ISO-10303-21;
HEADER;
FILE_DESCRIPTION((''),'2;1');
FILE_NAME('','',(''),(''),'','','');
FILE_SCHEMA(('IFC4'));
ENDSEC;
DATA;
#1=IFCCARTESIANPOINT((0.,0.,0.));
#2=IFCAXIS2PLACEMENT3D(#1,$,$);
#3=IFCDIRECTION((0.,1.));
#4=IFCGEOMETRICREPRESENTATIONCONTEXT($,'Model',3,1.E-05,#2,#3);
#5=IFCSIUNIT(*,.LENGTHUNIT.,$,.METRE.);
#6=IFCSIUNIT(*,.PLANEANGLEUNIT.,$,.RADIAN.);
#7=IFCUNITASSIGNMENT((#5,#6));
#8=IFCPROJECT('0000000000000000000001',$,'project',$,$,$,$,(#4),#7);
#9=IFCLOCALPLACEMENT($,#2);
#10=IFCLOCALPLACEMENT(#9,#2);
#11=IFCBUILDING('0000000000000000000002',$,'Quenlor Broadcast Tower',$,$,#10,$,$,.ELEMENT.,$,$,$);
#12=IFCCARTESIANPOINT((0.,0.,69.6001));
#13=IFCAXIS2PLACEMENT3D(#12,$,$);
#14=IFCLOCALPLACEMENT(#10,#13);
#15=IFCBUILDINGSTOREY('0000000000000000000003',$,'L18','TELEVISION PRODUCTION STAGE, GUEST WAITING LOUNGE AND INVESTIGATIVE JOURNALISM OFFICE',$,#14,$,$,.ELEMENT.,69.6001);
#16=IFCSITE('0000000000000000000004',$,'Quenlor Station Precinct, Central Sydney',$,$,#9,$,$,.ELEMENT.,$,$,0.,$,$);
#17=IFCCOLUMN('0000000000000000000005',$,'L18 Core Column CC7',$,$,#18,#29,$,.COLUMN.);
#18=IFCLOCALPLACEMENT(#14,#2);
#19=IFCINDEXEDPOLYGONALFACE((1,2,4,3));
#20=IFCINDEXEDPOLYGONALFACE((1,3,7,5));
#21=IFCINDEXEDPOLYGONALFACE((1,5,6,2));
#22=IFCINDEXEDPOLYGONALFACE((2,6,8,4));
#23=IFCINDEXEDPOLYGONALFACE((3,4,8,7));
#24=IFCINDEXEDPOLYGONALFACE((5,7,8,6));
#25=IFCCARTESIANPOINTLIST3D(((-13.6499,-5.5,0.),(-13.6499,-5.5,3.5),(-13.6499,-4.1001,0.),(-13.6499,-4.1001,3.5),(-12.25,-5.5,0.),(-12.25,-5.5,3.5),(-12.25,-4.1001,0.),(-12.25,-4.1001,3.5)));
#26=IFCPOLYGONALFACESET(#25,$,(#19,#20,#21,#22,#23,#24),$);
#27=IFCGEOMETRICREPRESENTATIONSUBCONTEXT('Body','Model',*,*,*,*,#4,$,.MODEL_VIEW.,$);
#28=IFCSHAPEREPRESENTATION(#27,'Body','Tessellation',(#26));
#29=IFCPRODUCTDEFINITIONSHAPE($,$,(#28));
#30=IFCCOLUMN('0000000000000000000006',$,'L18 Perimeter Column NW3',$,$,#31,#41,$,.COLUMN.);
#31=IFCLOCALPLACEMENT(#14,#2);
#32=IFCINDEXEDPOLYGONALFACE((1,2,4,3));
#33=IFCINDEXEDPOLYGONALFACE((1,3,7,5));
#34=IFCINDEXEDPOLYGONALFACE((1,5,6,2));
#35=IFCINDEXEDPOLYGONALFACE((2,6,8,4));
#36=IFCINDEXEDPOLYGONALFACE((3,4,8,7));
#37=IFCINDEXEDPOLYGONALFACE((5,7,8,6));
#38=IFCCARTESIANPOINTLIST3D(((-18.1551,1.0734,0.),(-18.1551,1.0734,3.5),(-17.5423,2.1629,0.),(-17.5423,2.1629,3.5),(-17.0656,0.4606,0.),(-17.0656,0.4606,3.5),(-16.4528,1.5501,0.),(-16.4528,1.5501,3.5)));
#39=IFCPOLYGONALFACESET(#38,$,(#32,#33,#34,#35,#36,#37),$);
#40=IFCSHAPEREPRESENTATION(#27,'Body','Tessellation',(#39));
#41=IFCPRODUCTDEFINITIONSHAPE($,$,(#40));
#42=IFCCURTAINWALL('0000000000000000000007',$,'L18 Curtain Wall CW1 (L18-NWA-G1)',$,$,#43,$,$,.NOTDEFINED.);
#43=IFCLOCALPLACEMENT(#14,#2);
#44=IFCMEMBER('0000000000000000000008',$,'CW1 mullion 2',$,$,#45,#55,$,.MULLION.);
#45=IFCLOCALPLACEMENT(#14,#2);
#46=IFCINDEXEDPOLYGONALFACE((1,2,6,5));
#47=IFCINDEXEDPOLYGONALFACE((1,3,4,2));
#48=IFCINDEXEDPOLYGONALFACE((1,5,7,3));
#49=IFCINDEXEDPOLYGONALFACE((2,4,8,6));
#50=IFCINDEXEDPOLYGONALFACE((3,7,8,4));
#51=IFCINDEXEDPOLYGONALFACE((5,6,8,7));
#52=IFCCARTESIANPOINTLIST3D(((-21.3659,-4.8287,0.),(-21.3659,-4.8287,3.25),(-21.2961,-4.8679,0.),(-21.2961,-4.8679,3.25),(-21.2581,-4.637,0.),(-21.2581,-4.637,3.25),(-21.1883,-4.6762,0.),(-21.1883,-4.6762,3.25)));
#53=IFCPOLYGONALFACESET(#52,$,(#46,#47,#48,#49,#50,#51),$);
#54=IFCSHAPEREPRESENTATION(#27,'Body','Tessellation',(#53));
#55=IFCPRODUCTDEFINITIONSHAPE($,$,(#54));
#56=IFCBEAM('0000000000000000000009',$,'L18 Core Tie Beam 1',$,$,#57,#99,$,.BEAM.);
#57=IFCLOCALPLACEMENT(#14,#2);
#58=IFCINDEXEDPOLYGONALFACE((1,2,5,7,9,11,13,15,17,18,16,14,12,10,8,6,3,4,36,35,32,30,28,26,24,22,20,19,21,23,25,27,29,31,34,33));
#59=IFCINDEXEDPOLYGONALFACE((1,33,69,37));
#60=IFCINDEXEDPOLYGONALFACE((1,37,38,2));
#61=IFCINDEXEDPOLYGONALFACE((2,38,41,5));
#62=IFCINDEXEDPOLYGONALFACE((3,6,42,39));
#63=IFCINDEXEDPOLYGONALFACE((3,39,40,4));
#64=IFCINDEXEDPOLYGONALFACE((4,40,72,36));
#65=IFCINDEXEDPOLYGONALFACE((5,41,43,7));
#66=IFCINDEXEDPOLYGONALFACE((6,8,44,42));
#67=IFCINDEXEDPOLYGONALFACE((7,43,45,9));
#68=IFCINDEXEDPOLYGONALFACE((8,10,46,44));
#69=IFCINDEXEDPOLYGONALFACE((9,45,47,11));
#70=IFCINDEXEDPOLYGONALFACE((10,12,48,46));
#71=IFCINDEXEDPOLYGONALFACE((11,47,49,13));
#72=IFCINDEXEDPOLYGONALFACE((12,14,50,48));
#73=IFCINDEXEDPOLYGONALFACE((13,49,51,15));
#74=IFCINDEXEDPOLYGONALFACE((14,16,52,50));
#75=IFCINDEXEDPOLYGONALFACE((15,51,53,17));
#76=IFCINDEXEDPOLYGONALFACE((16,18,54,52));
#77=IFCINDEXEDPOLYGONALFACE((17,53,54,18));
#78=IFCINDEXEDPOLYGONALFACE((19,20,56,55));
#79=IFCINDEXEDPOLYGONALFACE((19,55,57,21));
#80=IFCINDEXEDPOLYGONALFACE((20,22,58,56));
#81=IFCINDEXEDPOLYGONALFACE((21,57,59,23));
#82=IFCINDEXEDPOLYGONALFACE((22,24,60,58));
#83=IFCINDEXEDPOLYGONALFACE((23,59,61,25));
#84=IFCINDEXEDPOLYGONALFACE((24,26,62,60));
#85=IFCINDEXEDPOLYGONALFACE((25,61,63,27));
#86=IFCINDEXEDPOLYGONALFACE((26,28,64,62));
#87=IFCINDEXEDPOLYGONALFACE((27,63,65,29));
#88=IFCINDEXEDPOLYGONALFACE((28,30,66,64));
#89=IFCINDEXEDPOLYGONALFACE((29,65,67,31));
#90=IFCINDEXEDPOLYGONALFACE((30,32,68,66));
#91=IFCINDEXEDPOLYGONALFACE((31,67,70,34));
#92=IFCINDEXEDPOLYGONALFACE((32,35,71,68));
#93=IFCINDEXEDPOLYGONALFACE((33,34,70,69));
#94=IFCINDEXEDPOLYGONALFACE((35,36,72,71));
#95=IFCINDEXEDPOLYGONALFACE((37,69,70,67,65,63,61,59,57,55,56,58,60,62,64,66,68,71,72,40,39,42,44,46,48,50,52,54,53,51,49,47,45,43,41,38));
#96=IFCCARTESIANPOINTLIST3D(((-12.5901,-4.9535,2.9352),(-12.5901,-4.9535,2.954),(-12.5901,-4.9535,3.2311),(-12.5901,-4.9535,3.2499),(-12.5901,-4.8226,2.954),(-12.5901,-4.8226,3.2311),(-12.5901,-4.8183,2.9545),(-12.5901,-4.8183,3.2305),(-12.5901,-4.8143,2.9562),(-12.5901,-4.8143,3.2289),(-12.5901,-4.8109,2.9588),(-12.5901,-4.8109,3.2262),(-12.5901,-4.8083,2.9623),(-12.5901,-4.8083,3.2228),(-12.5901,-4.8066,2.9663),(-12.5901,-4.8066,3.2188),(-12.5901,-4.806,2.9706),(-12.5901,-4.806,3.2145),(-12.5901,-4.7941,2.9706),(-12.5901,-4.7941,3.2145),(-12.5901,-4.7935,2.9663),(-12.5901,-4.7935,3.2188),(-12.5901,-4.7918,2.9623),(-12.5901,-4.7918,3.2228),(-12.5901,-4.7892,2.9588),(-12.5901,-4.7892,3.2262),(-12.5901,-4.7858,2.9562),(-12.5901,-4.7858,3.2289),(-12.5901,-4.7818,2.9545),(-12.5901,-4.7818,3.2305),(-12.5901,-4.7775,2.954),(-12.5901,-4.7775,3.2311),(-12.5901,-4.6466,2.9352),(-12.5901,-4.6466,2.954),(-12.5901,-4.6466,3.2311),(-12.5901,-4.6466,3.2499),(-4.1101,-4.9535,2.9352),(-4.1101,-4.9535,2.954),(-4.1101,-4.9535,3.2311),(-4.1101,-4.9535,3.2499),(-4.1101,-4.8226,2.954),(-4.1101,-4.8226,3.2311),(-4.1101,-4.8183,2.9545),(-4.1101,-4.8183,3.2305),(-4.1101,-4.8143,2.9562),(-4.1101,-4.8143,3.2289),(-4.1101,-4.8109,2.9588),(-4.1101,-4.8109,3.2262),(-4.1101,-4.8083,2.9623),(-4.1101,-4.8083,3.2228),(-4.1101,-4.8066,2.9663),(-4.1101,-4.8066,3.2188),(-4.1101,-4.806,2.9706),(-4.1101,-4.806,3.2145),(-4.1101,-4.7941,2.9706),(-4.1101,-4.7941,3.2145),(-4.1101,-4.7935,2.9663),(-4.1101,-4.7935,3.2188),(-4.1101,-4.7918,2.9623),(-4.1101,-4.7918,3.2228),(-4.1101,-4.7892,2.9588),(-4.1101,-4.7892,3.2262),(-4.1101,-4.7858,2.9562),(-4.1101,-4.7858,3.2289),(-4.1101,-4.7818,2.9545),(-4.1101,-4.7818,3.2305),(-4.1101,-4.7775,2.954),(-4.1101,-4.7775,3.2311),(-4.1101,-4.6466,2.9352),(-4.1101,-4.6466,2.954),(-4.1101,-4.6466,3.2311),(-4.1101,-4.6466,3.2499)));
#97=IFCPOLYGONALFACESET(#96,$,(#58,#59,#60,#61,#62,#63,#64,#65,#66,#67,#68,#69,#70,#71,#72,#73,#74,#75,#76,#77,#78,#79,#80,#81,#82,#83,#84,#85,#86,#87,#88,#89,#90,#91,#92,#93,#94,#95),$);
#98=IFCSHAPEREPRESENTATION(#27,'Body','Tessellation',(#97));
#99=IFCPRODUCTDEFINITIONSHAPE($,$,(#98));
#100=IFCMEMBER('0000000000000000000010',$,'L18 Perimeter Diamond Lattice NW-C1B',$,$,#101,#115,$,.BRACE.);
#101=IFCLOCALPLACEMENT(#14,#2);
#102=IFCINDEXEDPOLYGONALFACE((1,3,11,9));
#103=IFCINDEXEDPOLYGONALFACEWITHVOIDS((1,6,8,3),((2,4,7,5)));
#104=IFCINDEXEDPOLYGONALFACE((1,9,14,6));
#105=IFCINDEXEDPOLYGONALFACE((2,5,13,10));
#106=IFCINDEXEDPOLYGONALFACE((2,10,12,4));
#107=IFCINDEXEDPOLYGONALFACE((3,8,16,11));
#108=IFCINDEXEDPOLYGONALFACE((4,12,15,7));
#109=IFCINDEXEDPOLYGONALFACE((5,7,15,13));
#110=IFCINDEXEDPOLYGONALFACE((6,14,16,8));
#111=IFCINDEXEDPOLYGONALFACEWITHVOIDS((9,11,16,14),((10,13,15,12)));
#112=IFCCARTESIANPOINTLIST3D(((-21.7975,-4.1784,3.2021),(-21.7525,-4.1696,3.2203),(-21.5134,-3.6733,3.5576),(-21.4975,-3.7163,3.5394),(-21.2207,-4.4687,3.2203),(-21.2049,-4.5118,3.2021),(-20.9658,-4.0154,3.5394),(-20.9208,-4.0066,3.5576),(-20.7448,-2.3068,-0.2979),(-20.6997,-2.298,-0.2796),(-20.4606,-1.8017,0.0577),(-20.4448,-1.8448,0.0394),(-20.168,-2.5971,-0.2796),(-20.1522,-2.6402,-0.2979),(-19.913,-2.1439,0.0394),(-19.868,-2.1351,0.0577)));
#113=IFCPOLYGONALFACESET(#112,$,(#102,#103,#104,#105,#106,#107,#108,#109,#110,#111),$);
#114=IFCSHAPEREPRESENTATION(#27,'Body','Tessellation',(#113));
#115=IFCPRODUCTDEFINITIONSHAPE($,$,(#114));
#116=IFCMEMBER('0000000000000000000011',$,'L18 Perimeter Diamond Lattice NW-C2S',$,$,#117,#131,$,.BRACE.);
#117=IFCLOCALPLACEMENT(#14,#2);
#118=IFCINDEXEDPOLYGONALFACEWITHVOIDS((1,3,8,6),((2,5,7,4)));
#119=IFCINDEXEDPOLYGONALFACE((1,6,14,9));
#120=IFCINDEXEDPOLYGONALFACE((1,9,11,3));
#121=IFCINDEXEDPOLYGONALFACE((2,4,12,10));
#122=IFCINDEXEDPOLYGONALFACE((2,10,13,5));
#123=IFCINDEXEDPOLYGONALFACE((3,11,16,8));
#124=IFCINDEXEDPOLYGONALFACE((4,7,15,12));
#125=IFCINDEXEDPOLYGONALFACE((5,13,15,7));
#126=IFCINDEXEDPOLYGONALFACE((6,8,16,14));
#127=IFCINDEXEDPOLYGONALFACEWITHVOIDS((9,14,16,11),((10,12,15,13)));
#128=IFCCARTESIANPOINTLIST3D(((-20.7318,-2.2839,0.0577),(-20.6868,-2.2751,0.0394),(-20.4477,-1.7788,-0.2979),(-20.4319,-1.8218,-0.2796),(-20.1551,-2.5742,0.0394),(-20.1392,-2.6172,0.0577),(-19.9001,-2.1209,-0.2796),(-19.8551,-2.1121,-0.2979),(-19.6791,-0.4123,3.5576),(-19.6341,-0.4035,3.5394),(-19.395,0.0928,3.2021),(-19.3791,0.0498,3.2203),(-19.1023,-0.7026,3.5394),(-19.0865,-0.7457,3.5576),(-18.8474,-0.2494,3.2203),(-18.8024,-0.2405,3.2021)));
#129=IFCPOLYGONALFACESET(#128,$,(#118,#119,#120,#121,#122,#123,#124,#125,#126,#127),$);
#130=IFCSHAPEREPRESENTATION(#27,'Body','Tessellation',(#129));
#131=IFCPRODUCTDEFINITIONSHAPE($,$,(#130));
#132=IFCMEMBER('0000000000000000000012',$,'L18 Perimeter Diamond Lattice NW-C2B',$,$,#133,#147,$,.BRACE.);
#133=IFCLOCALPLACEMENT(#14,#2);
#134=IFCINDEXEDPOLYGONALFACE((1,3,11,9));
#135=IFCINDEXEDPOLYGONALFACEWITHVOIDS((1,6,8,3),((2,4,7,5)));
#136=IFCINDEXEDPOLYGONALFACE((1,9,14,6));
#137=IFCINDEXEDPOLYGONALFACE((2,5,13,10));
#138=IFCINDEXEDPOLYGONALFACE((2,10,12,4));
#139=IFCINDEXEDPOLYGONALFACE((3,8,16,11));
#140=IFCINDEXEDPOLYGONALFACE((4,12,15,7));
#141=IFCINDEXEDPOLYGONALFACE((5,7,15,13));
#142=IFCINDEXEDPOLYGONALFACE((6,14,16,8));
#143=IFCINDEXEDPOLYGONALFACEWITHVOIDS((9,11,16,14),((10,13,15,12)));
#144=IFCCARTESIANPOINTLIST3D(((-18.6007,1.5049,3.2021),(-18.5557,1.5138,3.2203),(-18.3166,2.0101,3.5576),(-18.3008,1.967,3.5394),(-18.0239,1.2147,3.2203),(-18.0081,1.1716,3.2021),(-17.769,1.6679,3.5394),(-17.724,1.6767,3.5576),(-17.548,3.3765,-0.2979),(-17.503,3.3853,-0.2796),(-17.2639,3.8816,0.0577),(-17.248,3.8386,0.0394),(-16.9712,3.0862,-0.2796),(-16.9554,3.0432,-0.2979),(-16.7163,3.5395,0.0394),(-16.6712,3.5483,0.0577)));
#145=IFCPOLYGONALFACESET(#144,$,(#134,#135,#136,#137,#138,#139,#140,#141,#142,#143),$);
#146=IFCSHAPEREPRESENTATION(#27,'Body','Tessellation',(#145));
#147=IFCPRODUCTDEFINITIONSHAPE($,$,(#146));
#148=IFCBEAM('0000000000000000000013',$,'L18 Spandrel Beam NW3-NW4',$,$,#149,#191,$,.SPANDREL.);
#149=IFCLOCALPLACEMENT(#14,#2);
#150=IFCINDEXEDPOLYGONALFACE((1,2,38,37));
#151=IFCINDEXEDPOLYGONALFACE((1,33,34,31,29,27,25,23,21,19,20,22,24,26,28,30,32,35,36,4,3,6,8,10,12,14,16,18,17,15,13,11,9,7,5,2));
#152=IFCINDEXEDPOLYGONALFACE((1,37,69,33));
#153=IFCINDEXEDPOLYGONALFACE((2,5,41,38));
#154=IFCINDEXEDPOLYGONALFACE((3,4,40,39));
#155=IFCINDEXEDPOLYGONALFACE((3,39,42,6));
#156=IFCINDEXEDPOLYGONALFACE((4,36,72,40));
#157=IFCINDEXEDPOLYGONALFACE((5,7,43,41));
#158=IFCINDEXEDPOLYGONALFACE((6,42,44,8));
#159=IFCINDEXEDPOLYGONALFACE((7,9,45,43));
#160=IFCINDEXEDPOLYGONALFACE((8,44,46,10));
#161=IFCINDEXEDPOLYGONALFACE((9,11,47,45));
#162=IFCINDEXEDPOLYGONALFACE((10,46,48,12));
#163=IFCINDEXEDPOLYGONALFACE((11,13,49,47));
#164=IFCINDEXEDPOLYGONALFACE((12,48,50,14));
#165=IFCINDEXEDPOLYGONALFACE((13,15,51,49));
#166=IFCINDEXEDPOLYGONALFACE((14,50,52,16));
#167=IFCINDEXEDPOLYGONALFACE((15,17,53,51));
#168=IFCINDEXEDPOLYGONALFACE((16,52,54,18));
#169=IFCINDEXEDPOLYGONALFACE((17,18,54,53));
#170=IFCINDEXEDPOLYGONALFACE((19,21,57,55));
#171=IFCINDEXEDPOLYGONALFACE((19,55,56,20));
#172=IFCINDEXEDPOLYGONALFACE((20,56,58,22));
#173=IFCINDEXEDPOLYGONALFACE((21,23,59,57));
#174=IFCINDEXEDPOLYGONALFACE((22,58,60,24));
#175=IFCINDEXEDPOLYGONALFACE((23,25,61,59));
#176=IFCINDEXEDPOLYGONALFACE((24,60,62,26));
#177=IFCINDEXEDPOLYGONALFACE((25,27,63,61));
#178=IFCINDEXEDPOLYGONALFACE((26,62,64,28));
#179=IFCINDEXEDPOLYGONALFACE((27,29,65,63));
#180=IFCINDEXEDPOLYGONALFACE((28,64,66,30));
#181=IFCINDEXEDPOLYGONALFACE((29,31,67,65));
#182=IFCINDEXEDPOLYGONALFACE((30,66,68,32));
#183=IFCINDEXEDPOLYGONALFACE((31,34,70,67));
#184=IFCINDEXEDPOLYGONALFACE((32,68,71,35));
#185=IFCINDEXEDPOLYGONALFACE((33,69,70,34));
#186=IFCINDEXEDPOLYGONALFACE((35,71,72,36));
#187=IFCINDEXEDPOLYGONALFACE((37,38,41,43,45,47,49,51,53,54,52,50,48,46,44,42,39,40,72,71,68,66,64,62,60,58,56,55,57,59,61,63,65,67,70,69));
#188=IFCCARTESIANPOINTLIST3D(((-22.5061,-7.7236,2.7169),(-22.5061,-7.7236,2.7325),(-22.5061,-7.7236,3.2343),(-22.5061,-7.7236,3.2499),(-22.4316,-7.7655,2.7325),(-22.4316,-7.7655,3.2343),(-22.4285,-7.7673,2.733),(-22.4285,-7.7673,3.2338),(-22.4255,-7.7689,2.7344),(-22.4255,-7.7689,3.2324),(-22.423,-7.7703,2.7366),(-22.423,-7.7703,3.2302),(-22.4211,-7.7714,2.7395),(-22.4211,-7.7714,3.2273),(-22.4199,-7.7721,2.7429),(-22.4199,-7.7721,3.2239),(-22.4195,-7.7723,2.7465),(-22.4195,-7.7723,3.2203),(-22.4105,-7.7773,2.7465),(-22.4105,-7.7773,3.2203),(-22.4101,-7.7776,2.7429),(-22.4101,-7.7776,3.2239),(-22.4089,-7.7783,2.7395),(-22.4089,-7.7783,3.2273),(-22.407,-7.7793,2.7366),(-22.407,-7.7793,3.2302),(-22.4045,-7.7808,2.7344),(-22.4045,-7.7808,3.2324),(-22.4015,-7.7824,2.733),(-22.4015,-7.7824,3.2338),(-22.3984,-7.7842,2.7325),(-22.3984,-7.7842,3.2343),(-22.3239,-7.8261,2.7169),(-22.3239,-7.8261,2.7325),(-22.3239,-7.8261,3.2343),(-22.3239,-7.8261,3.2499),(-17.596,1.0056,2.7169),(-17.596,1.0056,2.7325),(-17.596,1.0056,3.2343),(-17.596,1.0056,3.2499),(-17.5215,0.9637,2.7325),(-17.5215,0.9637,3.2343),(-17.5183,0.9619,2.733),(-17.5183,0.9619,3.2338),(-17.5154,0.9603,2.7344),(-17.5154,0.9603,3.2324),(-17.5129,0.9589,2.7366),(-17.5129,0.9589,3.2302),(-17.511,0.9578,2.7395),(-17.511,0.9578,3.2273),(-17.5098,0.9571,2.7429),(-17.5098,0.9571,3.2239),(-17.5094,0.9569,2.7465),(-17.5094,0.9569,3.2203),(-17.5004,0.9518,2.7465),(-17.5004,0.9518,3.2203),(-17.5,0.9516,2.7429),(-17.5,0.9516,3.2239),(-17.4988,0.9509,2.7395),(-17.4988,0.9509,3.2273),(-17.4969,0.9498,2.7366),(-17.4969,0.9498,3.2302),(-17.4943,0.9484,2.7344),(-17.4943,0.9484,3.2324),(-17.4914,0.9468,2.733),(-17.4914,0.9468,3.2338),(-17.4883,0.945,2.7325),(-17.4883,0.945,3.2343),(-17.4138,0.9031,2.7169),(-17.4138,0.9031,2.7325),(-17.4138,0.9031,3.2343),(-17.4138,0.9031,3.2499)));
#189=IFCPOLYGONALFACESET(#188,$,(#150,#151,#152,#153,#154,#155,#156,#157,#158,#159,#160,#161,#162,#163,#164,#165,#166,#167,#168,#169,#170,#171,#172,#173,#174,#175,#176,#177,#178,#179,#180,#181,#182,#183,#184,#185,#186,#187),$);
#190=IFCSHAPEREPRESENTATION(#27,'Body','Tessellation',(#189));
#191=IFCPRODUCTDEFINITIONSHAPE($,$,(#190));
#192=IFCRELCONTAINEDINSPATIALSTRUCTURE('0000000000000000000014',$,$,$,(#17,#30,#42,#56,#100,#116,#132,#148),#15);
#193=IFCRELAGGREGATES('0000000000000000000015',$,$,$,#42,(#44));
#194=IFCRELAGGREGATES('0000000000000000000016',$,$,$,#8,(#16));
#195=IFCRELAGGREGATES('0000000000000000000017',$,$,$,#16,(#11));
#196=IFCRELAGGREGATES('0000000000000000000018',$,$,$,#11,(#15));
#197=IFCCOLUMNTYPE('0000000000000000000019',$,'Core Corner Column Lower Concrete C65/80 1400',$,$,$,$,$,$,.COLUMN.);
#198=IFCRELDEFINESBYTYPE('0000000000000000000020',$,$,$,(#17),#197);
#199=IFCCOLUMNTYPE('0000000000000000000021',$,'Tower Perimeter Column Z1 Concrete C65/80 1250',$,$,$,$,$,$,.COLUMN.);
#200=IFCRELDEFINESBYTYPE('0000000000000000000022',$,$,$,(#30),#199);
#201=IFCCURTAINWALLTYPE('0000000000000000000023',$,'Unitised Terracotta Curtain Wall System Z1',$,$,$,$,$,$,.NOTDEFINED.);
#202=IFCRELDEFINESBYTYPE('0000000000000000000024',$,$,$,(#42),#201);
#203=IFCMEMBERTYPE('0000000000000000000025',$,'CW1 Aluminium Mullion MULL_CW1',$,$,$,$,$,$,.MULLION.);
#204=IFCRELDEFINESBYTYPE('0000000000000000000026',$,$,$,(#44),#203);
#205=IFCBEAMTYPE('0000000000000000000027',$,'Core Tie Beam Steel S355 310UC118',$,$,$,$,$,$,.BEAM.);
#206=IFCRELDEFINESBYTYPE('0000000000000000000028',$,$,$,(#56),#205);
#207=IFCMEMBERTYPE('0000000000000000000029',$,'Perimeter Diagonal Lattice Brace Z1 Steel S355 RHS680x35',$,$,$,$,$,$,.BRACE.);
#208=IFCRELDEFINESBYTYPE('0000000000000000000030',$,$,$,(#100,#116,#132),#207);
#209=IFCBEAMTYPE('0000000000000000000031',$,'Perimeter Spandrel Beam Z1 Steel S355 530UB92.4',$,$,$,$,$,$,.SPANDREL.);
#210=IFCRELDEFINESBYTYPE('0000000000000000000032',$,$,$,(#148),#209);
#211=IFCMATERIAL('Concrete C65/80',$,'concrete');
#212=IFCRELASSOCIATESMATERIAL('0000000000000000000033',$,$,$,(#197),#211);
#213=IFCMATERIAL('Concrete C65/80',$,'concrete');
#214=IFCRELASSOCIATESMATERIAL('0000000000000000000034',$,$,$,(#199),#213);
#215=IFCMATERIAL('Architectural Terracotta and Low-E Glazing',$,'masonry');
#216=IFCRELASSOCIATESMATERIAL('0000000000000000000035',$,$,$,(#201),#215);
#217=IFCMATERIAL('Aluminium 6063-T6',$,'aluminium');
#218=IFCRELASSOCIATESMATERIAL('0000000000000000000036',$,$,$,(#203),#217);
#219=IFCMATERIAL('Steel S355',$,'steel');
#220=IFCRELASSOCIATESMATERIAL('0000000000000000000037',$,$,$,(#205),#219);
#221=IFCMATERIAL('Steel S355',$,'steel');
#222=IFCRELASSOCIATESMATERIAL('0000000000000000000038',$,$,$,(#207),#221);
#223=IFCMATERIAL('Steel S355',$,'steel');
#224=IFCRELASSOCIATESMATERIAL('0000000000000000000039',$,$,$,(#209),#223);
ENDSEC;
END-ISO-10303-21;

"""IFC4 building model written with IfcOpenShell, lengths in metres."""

from ifc_helpers import new_model, si_unit, direction, frame, origin, origin_2d, place, context, subcontext, project, spatial, rectangle, hollow_rectangle, i_section, extrude, material, material_profile, profile_set, type_object, element, aggregate, save


model = new_model("IFC4")

# Units and contexts
model_context = context("Model", 3, precision=1e-05, world=origin(), true_north=direction((0.0, 1.0)))
body_context = subcontext(model_context, "Body", "Model", "MODEL_VIEW")
ifc_project = project(units=[si_unit("LENGTHUNIT", "METRE"), si_unit("PLANEANGLEUNIT", "RADIAN")], contexts=[model_context])

# Site, building, storey
site_placement = place(None, origin())
site = spatial("IfcSite", under=ifc_project, at=site_placement, Name="Quenlor Station Precinct, Central Sydney", CompositionType="ELEMENT", RefElevation=0.0)
building_placement = place(site_placement, origin())
building = spatial("IfcBuilding", under=site, at=building_placement, Name="Quenlor Broadcast Tower", CompositionType="ELEMENT")
storey_placement = place(building_placement, frame((0.0, 0.0, 69.6001)))
storey = spatial("IfcBuildingStorey", under=building, at=storey_placement, Name="L18", Description="TELEVISION PRODUCTION STAGE, GUEST WAITING LOUNGE AND INVESTIGATIVE JOURNALISM OFFICE", CompositionType="ELEMENT", Elevation=69.6001)

# Columns
ifc_material_1 = material(Name="Concrete C65/80", Category="concrete")
ifc_material_profile_1 = material_profile(ifc_material_1, rectangle(XDim=1.3999, YDim=1.3999, at=origin_2d()))
ifc_profile_set_1 = profile_set([ifc_material_profile_1], Name="Concrete C65/80 RC1400x1400")
column_type_1 = type_object("IfcColumnType", Name="Core Corner Column Lower Concrete C65/80 1400", PredefinedType="COLUMN", material=ifc_profile_set_1)
column_1_placement = place(storey_placement, frame((-12.95, -4.8, 0.0), z_axis=(0.0, 0.0, 1.0), x_axis=(1.0, 0.0, 0.0)))
element("IfcColumn", 1, at=column_1_placement, inside=storey, type_object=column_type_1, Name="L18 Core Column CC7", PredefinedType="COLUMN", context=body_context, shape_type="SweptSolid", body=[
    extrude(rectangle(XDim=1.3999, YDim=1.3999, at=origin_2d()), origin(), (0.0, 0.0, 1.0), 3.5),
])
ifc_material_2 = material(Name="Concrete C65/80", Category="concrete")
ifc_material_profile_2 = material_profile(ifc_material_2, rectangle(XDim=1.25, YDim=1.25, at=origin_2d()))
ifc_profile_set_2 = profile_set([ifc_material_profile_2], Name="Concrete C65/80 RC1250x1250")
column_type_2 = type_object("IfcColumnType", Name="Tower Perimeter Column Z1 Concrete C65/80 1250", PredefinedType="COLUMN", material=ifc_profile_set_2)
column_2_placement = place(storey_placement, frame((-17.304, 1.3118, 0.0), z_axis=(0.0, 0.0, 1.0), x_axis=(-0.871575, 0.490262, 0.0)))
element("IfcColumn", 2, at=column_2_placement, inside=storey, type_object=column_type_2, Name="L18 Perimeter Column NW3", PredefinedType="COLUMN", context=body_context, shape_type="SweptSolid", body=[
    extrude(rectangle(XDim=1.25, YDim=1.25, at=origin_2d()), origin(), (0.0, 0.0, 1.0), 3.5),
])

# Curtain wall, member
ifc_material_3 = material(Name="Architectural Terracotta and Low-E Glazing", Category="masonry")
curtain_wall_type = type_object("IfcCurtainWallType", Name="Unitised Terracotta Curtain Wall System Z1", PredefinedType="NOTDEFINED", material=ifc_material_3)
curtain_wall_placement = place(storey_placement, origin())
curtain_wall = element("IfcCurtainWall", 3, at=curtain_wall_placement, inside=storey, type_object=curtain_wall_type, Name="L18 Curtain Wall CW1 (L18-NWA-G1)", PredefinedType="NOTDEFINED")
ifc_material_4 = material(Name="Aluminium 6063-T6", Category="aluminium")
ifc_material_profile_3 = material_profile(ifc_material_4, rectangle(XDim=0.0801, YDim=0.22, at=origin_2d()))
ifc_profile_set_3 = profile_set([ifc_material_profile_3], Name="Aluminium 6063-T6 MULL80x220")
member_type_1 = type_object("IfcMemberType", Name="CW1 Aluminium Mullion MULL_CW1", PredefinedType="MULLION", material=ifc_profile_set_3)
member_placement = place(storey_placement, frame((-21.2771, -4.7524, 0.0), z_axis=(0.0, 0.0, 1.0), x_axis=(-0.871567, 0.490277, 0.0)))
member = element("IfcMember", 4, at=member_placement, type_object=member_type_1, Name="CW1 mullion 2", PredefinedType="MULLION", context=body_context, shape_type="SweptSolid", body=[
    extrude(rectangle(XDim=0.0801, YDim=0.22, at=origin_2d()), origin(), (0.0, 0.0, 1.0), 3.25),
])
aggregate(curtain_wall, [member])

# Beam
ifc_material_5 = material(Name="Steel S355", Category="steel")
ifc_material_profile_4 = material_profile(ifc_material_5, i_section(OverallWidth=0.3069, OverallDepth=0.3147, WebThickness=0.012, FlangeThickness=0.0188, FilletRadius=0.0166, at=origin_2d()))
ifc_profile_set_4 = profile_set([ifc_material_profile_4], Name="Steel S355 310UC118")
beam_type_1 = type_object("IfcBeamType", Name="Core Tie Beam Steel S355 310UC118", PredefinedType="BEAM", material=ifc_profile_set_4)
beam_1_placement = place(storey_placement, frame((-12.5901, -4.8, 3.0925), z_axis=(1.0, 0.0, 0.0), x_axis=(0.0, 1.0, 0.0)))
element("IfcBeam", 5, at=beam_1_placement, inside=storey, type_object=beam_type_1, Name="L18 Core Tie Beam 1", PredefinedType="BEAM", context=body_context, shape_type="SweptSolid", body=[
    extrude(i_section(OverallWidth=0.3069, OverallDepth=0.3147, WebThickness=0.012, FlangeThickness=0.0188, FilletRadius=0.0166, at=origin_2d()), origin(), (0.0, 0.0, 1.0), 8.48),
])

# Members
ifc_material_6 = material(Name="Steel S355", Category="steel")
ifc_material_profile_5 = material_profile(ifc_material_6, hollow_rectangle(XDim=0.6799, YDim=0.6799, WallThickness=0.0349, at=origin_2d()))
ifc_profile_set_5 = profile_set([ifc_material_profile_5], Name="Steel S355 RHS680x680x35")
member_type_2 = type_object("IfcMemberType", Name="Perimeter Diagonal Lattice Brace Z1 Steel S355 RHS680x35", PredefinedType="BRACE", material=ifc_profile_set_5)
for number, where, z_axis, x_axis, name in (
    (6, (-20.3064, -2.2209, -0.1201), (-0.256375, -0.455792, 0.852365), (0.871582, -0.49025, 0.0), "L18 Perimeter Diamond Lattice NW-C1B"),
    (7, (-20.2935, -2.198, -0.1201), (0.256375, 0.455792, 0.852365), (-0.871582, 0.49025, 0.0), "L18 Perimeter Diamond Lattice NW-C2S"),
    (8, (-17.1096, 3.4624, -0.1201), (-0.256375, -0.455792, 0.852365), (0.871582, -0.49025, 0.0), "L18 Perimeter Diamond Lattice NW-C2B"),
):
    element("IfcMember", number, at=place(storey_placement, frame(where, z_axis=z_axis, x_axis=x_axis)), inside=storey, type_object=member_type_2, Name=name, PredefinedType="BRACE", context=body_context, shape_type="SweptSolid", body=[
        extrude(hollow_rectangle(XDim=0.6799, YDim=0.6799, WallThickness=0.0349, at=origin_2d()), origin(), (0.0, 0.0, 1.0), 4.1062),
    ])

# Beam
ifc_material_7 = material(Name="Steel S355", Category="steel")
ifc_material_profile_6 = material_profile(ifc_material_7, i_section(OverallWidth=0.209, OverallDepth=0.533, WebThickness=0.0103, FlangeThickness=0.0156, FilletRadius=0.0139, at=origin_2d()))
ifc_profile_set_6 = profile_set([ifc_material_profile_6], Name="Steel S355 530UB92.4")
beam_type_2 = type_object("IfcBeamType", Name="Perimeter Spandrel Beam Z1 Steel S355 530UB92.4", PredefinedType="SPANDREL", material=ifc_profile_set_6)
beam_2_placement = place(storey_placement, frame((-17.5049, 0.9543, 2.9834), z_axis=(-0.490258, -0.871577, 0.0), x_axis=(0.871577, -0.490258, 0.0)))
element("IfcBeam", 9, at=beam_2_placement, inside=storey, type_object=beam_type_2, Name="L18 Spandrel Beam NW3-NW4", PredefinedType="SPANDREL", context=body_context, shape_type="SweptSolid", body=[
    extrude(i_section(OverallWidth=0.209, OverallDepth=0.533, WebThickness=0.0103, FlangeThickness=0.0156, FilletRadius=0.0139, at=origin_2d()), origin(), (0.0, 0.0, 1.0), 10.0154),
])

save(model, "model.ifc")
